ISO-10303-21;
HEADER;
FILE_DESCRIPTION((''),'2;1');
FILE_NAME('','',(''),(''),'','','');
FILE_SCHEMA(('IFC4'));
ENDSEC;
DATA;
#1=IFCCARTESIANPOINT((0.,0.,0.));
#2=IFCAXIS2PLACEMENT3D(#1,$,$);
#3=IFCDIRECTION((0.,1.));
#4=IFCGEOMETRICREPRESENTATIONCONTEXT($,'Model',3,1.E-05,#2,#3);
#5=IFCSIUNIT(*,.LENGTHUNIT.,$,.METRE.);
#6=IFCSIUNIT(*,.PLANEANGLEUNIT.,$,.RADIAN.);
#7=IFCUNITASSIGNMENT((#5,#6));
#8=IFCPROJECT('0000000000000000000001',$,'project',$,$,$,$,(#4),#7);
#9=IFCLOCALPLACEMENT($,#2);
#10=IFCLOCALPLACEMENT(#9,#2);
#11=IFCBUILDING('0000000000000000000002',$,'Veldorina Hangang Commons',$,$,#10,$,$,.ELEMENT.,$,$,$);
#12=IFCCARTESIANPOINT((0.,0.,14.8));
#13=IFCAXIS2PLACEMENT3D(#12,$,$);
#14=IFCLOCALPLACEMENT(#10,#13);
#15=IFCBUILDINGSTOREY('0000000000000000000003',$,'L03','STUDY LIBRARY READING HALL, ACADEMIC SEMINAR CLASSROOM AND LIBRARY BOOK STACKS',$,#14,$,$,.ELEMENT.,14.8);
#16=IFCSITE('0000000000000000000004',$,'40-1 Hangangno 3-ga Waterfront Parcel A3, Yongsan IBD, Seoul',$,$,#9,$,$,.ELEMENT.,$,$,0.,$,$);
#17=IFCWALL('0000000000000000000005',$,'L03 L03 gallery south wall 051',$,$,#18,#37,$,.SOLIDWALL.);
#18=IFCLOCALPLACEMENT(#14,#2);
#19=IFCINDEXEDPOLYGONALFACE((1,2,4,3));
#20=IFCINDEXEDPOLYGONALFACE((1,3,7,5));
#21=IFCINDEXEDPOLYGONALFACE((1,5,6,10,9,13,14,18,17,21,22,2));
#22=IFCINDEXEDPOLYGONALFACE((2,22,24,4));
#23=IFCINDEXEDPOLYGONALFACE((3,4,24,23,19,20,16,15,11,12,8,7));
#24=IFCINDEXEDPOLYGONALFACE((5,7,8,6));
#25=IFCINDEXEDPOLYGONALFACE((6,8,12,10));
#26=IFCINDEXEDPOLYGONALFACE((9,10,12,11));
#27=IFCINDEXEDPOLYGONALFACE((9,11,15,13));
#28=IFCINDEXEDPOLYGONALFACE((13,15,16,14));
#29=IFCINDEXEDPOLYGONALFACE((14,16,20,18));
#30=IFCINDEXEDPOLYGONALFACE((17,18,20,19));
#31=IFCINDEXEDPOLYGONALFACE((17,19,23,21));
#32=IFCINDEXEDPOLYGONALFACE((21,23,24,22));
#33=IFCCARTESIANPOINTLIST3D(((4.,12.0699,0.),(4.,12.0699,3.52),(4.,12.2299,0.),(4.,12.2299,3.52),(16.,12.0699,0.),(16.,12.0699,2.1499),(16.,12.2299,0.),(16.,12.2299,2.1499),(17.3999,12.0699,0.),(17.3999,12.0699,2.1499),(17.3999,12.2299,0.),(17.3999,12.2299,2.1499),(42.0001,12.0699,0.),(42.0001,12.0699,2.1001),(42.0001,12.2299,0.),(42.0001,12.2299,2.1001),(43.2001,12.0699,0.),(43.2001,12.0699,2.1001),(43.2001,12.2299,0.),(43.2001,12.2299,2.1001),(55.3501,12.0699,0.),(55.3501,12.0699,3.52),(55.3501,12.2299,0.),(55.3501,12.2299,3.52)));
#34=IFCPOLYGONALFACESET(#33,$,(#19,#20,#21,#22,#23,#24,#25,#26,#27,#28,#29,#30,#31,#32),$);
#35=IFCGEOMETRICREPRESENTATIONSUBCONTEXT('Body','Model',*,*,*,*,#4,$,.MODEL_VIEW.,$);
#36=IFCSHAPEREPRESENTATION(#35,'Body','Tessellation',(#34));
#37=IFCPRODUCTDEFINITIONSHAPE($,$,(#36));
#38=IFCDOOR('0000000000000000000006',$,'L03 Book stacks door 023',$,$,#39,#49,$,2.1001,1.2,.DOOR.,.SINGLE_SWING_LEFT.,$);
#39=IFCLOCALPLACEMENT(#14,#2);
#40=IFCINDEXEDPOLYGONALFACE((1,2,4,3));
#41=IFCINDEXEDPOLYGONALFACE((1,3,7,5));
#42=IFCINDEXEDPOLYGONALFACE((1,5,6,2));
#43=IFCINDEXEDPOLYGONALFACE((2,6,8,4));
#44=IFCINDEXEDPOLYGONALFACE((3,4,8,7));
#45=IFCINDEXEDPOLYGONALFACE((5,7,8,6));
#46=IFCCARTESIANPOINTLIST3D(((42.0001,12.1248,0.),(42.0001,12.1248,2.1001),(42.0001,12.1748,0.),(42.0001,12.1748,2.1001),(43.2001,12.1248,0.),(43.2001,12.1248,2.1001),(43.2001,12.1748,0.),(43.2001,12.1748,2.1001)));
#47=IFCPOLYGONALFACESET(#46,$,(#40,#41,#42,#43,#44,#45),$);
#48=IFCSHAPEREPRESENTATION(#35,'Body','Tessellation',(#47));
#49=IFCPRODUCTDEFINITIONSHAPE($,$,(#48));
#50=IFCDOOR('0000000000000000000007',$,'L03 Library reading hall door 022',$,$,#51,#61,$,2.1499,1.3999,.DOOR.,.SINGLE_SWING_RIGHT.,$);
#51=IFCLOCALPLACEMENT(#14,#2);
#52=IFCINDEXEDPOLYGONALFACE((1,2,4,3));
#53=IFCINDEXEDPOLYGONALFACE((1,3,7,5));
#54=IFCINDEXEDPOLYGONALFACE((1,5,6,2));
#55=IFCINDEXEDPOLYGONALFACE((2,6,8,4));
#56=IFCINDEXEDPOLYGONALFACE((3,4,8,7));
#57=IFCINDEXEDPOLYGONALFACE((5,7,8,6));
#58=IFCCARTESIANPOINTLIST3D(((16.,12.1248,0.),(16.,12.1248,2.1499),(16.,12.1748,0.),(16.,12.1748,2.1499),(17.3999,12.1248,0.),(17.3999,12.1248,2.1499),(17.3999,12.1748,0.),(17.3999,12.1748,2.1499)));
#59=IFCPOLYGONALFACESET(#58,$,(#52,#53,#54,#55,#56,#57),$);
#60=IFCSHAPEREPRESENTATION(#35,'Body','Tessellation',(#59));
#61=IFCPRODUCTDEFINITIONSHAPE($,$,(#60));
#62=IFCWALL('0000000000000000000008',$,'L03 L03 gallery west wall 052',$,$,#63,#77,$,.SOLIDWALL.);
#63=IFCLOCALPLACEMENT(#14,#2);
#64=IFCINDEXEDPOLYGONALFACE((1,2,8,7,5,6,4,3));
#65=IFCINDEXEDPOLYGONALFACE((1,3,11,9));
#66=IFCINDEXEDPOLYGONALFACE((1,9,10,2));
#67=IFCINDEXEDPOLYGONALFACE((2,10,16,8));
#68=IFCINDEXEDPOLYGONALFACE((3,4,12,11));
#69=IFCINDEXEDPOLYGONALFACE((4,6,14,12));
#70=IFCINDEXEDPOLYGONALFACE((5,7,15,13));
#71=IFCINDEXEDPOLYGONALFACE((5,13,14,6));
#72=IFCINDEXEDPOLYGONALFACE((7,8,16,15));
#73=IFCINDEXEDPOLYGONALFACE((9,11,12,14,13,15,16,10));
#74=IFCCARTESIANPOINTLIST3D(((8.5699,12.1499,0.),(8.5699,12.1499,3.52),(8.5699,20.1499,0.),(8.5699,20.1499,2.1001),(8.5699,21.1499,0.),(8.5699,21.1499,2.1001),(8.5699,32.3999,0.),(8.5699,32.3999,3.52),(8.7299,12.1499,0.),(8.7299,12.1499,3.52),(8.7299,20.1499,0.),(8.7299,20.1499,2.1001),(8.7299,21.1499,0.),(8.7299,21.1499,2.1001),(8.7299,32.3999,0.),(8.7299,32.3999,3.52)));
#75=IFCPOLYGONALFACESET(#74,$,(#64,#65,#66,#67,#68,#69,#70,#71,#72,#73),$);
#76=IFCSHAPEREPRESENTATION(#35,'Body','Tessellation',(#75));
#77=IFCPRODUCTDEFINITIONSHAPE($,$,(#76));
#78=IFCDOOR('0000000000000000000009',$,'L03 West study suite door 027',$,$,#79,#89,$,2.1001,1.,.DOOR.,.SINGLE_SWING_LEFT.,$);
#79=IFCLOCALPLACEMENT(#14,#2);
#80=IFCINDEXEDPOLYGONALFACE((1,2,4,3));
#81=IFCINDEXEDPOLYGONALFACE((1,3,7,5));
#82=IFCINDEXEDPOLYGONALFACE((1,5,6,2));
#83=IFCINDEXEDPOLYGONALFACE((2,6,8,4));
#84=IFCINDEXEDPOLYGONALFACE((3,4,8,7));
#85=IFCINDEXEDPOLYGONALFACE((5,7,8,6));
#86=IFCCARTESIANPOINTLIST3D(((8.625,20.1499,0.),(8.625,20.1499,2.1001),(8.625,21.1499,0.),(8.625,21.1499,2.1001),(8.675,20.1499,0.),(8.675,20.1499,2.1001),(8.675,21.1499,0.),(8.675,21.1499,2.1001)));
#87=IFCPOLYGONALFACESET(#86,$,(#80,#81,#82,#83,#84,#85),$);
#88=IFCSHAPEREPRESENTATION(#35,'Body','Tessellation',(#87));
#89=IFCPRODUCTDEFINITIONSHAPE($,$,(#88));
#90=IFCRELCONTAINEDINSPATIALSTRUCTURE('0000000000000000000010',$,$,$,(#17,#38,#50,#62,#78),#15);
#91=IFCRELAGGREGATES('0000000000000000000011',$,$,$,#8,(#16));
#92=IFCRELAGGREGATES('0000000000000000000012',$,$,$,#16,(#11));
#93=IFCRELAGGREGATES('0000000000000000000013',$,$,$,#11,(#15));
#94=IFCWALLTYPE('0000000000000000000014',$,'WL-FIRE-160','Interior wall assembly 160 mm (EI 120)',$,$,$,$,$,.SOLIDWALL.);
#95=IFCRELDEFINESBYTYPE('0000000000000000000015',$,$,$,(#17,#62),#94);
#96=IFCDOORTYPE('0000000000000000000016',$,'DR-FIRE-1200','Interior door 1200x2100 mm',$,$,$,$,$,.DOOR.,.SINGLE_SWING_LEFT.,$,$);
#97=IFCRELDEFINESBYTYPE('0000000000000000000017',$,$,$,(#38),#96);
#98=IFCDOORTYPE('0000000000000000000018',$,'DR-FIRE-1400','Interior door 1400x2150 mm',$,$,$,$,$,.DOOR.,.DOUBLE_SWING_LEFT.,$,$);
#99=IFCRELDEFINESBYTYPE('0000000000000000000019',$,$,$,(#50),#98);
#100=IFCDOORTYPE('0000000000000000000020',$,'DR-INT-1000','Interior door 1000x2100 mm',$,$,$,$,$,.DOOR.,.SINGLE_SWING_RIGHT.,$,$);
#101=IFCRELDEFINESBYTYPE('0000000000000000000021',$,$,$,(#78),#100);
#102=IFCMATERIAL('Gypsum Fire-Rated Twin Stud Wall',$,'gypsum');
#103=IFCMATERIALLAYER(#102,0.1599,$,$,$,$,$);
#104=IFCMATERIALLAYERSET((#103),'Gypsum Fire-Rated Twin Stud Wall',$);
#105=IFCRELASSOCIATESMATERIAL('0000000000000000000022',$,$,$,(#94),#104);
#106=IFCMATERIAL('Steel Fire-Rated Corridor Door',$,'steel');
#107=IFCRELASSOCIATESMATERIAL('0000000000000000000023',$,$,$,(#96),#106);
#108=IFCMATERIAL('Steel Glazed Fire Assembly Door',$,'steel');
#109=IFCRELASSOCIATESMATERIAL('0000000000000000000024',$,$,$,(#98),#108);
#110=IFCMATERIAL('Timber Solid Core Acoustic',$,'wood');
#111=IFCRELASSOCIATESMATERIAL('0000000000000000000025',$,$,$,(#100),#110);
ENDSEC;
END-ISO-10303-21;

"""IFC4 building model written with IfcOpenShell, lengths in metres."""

from ifc_helpers import new_model, si_unit, direction, frame, frame_2d, origin, place, context, subcontext, project, spatial, rectangle, extrude, material, layer, layer_set, type_object, element, fill, save


model = new_model("IFC4")

# Units and contexts
model_context = context("Model", 3, precision=1e-05, world=origin(), true_north=direction((0.0, 1.0)))
body_context = subcontext(model_context, "Body", "Model", "MODEL_VIEW")
ifc_project = project(units=[si_unit("LENGTHUNIT", "METRE"), si_unit("PLANEANGLEUNIT", "RADIAN")], contexts=[model_context])

# Site, building, storey
site_placement = place(None, origin())
site = spatial("IfcSite", under=ifc_project, at=site_placement, Name="40-1 Hangangno 3-ga Waterfront Parcel A3, Yongsan IBD, Seoul", CompositionType="ELEMENT", RefElevation=0.0)
building_placement = place(site_placement, origin())
building = spatial("IfcBuilding", under=site, at=building_placement, Name="Veldorina Hangang Commons", CompositionType="ELEMENT")
storey_placement = place(building_placement, frame((0.0, 0.0, 14.8)))
storey = spatial("IfcBuildingStorey", under=building, at=storey_placement, Name="L03", Description="STUDY LIBRARY READING HALL, ACADEMIC SEMINAR CLASSROOM AND LIBRARY BOOK STACKS", CompositionType="ELEMENT", Elevation=14.8)

# Wall, openings, doors
ifc_material_1 = material(Name="Gypsum Fire-Rated Twin Stud Wall", Category="gypsum")
ifc_layer_1 = layer(ifc_material_1, 0.1599)
ifc_layer_set_1 = layer_set([ifc_layer_1], Name="Gypsum Fire-Rated Twin Stud Wall")
wall_type_1 = type_object("IfcWallType", Name="WL-FIRE-160", Description="Interior wall assembly 160 mm (EI 120)", PredefinedType="SOLIDWALL", material=ifc_layer_set_1)
wall_1_placement = place(storey_placement, frame((4.0, 12.1499, 0.0), z_axis=(0.0, 0.0, 1.0), x_axis=(1.0, 0.0, 0.0)))
wall_1 = element("IfcWall", 1, at=wall_1_placement, inside=storey, type_object=wall_type_1, Name="L03 L03 gallery south wall 051", PredefinedType="SOLIDWALL", context=body_context, shape_type="SweptSolid", body=[
    extrude(rectangle(XDim=51.3501, YDim=0.1599, at=frame_2d((25.675, 0.0))), origin(), (0.0, 0.0, 1.0), 3.52),
])
opening_1_placement = place(wall_1_placement, frame((12.0, 0.0, 0.0)))
opening_1 = element("IfcOpeningElement", 2, at=opening_1_placement, cuts=wall_1, PredefinedType="OPENING", context=body_context, shape_type="SweptSolid", body=[
    extrude(rectangle(XDim=1.3999, YDim=2.1499, at=frame_2d((0.7, 1.075))), frame((0.0, 0.0898, 0.0), z_axis=(0.0, -1.0, 0.0), x_axis=(1.0, 0.0, 0.0)), (0.0, 0.0, 1.0), 0.1799),
])
opening_2_placement = place(wall_1_placement, frame((38.0, 0.0, 0.0)))
opening_2 = element("IfcOpeningElement", 3, at=opening_2_placement, cuts=wall_1, PredefinedType="OPENING", context=body_context, shape_type="SweptSolid", body=[
    extrude(rectangle(XDim=1.2, YDim=2.1001, at=frame_2d((0.6001, 1.05))), frame((0.0, 0.0898, 0.0), z_axis=(0.0, -1.0, 0.0), x_axis=(1.0, 0.0, 0.0)), (0.0, 0.0, 1.0), 0.1799),
])
ifc_material_2 = material(Name="Steel Fire-Rated Corridor Door", Category="steel")
door_type_1 = type_object("IfcDoorType", Name="DR-FIRE-1200", Description="Interior door 1200x2100 mm", OperationType="SINGLE_SWING_LEFT", PredefinedType="DOOR", material=ifc_material_2)
door_1_placement = place(opening_2_placement, origin())
door_1 = element("IfcDoor", 4, at=door_1_placement, inside=storey, type_object=door_type_1, Name="L03 Book stacks door 023", OperationType="SINGLE_SWING_LEFT", OverallHeight=2.1001, OverallWidth=1.2, PredefinedType="DOOR", context=body_context, shape_type="SweptSolid", body=[
    extrude(rectangle(XDim=1.2, YDim=2.1001, at=frame_2d((0.6001, 1.05))), frame((0.0, 0.0249, 0.0), z_axis=(0.0, -1.0, 0.0), x_axis=(1.0, 0.0, 0.0)), (0.0, 0.0, 1.0), 0.05),
])
fill(opening_2, door_1)
ifc_material_3 = material(Name="Steel Glazed Fire Assembly Door", Category="steel")
door_type_2 = type_object("IfcDoorType", Name="DR-FIRE-1400", Description="Interior door 1400x2150 mm", OperationType="DOUBLE_SWING_LEFT", PredefinedType="DOOR", material=ifc_material_3)
door_2_placement = place(opening_1_placement, origin())
door_2 = element("IfcDoor", 5, at=door_2_placement, inside=storey, type_object=door_type_2, Name="L03 Library reading hall door 022", OperationType="SINGLE_SWING_RIGHT", OverallHeight=2.1499, OverallWidth=1.3999, PredefinedType="DOOR", context=body_context, shape_type="SweptSolid", body=[
    extrude(rectangle(XDim=1.3999, YDim=2.1499, at=frame_2d((0.7, 1.075))), frame((0.0, 0.0249, 0.0), z_axis=(0.0, -1.0, 0.0), x_axis=(1.0, 0.0, 0.0)), (0.0, 0.0, 1.0), 0.05),
])
fill(opening_1, door_2)

# Wall, opening, door
wall_2_placement = place(storey_placement, frame((8.6499, 12.1499, 0.0), z_axis=(0.0, 0.0, 1.0), x_axis=(0.0, 1.0, 0.0)))
wall_2 = element("IfcWall", 6, at=wall_2_placement, inside=storey, type_object=wall_type_1, Name="L03 L03 gallery west wall 052", PredefinedType="SOLIDWALL", context=body_context, shape_type="SweptSolid", body=[
    extrude(rectangle(XDim=20.25, YDim=0.1599, at=frame_2d((10.125, 0.0))), origin(), (0.0, 0.0, 1.0), 3.52),
])
opening_3_placement = place(wall_2_placement, frame((8.0, 0.0, 0.0)))
opening_3 = element("IfcOpeningElement", 7, at=opening_3_placement, cuts=wall_2, PredefinedType="OPENING", context=body_context, shape_type="SweptSolid", body=[
    extrude(rectangle(XDim=1.0, YDim=2.1001, at=frame_2d((0.5, 1.05))), frame((0.0, 0.0898, 0.0), z_axis=(0.0, -1.0, 0.0), x_axis=(1.0, 0.0, 0.0)), (0.0, 0.0, 1.0), 0.1799),
])
ifc_material_4 = material(Name="Timber Solid Core Acoustic", Category="wood")
door_type_3 = type_object("IfcDoorType", Name="DR-INT-1000", Description="Interior door 1000x2100 mm", OperationType="SINGLE_SWING_RIGHT", PredefinedType="DOOR", material=ifc_material_4)
door_3_placement = place(opening_3_placement, origin())
door_3 = element("IfcDoor", 8, at=door_3_placement, inside=storey, type_object=door_type_3, Name="L03 West study suite door 027", OperationType="SINGLE_SWING_LEFT", OverallHeight=2.1001, OverallWidth=1.0, PredefinedType="DOOR", context=body_context, shape_type="SweptSolid", body=[
    extrude(rectangle(XDim=1.0, YDim=2.1001, at=frame_2d((0.5, 1.05))), frame((0.0, 0.0249, 0.0), z_axis=(0.0, -1.0, 0.0), x_axis=(1.0, 0.0, 0.0)), (0.0, 0.0, 1.0), 0.05),
])
fill(opening_3, door_3)

save(model, "model.ifc")
